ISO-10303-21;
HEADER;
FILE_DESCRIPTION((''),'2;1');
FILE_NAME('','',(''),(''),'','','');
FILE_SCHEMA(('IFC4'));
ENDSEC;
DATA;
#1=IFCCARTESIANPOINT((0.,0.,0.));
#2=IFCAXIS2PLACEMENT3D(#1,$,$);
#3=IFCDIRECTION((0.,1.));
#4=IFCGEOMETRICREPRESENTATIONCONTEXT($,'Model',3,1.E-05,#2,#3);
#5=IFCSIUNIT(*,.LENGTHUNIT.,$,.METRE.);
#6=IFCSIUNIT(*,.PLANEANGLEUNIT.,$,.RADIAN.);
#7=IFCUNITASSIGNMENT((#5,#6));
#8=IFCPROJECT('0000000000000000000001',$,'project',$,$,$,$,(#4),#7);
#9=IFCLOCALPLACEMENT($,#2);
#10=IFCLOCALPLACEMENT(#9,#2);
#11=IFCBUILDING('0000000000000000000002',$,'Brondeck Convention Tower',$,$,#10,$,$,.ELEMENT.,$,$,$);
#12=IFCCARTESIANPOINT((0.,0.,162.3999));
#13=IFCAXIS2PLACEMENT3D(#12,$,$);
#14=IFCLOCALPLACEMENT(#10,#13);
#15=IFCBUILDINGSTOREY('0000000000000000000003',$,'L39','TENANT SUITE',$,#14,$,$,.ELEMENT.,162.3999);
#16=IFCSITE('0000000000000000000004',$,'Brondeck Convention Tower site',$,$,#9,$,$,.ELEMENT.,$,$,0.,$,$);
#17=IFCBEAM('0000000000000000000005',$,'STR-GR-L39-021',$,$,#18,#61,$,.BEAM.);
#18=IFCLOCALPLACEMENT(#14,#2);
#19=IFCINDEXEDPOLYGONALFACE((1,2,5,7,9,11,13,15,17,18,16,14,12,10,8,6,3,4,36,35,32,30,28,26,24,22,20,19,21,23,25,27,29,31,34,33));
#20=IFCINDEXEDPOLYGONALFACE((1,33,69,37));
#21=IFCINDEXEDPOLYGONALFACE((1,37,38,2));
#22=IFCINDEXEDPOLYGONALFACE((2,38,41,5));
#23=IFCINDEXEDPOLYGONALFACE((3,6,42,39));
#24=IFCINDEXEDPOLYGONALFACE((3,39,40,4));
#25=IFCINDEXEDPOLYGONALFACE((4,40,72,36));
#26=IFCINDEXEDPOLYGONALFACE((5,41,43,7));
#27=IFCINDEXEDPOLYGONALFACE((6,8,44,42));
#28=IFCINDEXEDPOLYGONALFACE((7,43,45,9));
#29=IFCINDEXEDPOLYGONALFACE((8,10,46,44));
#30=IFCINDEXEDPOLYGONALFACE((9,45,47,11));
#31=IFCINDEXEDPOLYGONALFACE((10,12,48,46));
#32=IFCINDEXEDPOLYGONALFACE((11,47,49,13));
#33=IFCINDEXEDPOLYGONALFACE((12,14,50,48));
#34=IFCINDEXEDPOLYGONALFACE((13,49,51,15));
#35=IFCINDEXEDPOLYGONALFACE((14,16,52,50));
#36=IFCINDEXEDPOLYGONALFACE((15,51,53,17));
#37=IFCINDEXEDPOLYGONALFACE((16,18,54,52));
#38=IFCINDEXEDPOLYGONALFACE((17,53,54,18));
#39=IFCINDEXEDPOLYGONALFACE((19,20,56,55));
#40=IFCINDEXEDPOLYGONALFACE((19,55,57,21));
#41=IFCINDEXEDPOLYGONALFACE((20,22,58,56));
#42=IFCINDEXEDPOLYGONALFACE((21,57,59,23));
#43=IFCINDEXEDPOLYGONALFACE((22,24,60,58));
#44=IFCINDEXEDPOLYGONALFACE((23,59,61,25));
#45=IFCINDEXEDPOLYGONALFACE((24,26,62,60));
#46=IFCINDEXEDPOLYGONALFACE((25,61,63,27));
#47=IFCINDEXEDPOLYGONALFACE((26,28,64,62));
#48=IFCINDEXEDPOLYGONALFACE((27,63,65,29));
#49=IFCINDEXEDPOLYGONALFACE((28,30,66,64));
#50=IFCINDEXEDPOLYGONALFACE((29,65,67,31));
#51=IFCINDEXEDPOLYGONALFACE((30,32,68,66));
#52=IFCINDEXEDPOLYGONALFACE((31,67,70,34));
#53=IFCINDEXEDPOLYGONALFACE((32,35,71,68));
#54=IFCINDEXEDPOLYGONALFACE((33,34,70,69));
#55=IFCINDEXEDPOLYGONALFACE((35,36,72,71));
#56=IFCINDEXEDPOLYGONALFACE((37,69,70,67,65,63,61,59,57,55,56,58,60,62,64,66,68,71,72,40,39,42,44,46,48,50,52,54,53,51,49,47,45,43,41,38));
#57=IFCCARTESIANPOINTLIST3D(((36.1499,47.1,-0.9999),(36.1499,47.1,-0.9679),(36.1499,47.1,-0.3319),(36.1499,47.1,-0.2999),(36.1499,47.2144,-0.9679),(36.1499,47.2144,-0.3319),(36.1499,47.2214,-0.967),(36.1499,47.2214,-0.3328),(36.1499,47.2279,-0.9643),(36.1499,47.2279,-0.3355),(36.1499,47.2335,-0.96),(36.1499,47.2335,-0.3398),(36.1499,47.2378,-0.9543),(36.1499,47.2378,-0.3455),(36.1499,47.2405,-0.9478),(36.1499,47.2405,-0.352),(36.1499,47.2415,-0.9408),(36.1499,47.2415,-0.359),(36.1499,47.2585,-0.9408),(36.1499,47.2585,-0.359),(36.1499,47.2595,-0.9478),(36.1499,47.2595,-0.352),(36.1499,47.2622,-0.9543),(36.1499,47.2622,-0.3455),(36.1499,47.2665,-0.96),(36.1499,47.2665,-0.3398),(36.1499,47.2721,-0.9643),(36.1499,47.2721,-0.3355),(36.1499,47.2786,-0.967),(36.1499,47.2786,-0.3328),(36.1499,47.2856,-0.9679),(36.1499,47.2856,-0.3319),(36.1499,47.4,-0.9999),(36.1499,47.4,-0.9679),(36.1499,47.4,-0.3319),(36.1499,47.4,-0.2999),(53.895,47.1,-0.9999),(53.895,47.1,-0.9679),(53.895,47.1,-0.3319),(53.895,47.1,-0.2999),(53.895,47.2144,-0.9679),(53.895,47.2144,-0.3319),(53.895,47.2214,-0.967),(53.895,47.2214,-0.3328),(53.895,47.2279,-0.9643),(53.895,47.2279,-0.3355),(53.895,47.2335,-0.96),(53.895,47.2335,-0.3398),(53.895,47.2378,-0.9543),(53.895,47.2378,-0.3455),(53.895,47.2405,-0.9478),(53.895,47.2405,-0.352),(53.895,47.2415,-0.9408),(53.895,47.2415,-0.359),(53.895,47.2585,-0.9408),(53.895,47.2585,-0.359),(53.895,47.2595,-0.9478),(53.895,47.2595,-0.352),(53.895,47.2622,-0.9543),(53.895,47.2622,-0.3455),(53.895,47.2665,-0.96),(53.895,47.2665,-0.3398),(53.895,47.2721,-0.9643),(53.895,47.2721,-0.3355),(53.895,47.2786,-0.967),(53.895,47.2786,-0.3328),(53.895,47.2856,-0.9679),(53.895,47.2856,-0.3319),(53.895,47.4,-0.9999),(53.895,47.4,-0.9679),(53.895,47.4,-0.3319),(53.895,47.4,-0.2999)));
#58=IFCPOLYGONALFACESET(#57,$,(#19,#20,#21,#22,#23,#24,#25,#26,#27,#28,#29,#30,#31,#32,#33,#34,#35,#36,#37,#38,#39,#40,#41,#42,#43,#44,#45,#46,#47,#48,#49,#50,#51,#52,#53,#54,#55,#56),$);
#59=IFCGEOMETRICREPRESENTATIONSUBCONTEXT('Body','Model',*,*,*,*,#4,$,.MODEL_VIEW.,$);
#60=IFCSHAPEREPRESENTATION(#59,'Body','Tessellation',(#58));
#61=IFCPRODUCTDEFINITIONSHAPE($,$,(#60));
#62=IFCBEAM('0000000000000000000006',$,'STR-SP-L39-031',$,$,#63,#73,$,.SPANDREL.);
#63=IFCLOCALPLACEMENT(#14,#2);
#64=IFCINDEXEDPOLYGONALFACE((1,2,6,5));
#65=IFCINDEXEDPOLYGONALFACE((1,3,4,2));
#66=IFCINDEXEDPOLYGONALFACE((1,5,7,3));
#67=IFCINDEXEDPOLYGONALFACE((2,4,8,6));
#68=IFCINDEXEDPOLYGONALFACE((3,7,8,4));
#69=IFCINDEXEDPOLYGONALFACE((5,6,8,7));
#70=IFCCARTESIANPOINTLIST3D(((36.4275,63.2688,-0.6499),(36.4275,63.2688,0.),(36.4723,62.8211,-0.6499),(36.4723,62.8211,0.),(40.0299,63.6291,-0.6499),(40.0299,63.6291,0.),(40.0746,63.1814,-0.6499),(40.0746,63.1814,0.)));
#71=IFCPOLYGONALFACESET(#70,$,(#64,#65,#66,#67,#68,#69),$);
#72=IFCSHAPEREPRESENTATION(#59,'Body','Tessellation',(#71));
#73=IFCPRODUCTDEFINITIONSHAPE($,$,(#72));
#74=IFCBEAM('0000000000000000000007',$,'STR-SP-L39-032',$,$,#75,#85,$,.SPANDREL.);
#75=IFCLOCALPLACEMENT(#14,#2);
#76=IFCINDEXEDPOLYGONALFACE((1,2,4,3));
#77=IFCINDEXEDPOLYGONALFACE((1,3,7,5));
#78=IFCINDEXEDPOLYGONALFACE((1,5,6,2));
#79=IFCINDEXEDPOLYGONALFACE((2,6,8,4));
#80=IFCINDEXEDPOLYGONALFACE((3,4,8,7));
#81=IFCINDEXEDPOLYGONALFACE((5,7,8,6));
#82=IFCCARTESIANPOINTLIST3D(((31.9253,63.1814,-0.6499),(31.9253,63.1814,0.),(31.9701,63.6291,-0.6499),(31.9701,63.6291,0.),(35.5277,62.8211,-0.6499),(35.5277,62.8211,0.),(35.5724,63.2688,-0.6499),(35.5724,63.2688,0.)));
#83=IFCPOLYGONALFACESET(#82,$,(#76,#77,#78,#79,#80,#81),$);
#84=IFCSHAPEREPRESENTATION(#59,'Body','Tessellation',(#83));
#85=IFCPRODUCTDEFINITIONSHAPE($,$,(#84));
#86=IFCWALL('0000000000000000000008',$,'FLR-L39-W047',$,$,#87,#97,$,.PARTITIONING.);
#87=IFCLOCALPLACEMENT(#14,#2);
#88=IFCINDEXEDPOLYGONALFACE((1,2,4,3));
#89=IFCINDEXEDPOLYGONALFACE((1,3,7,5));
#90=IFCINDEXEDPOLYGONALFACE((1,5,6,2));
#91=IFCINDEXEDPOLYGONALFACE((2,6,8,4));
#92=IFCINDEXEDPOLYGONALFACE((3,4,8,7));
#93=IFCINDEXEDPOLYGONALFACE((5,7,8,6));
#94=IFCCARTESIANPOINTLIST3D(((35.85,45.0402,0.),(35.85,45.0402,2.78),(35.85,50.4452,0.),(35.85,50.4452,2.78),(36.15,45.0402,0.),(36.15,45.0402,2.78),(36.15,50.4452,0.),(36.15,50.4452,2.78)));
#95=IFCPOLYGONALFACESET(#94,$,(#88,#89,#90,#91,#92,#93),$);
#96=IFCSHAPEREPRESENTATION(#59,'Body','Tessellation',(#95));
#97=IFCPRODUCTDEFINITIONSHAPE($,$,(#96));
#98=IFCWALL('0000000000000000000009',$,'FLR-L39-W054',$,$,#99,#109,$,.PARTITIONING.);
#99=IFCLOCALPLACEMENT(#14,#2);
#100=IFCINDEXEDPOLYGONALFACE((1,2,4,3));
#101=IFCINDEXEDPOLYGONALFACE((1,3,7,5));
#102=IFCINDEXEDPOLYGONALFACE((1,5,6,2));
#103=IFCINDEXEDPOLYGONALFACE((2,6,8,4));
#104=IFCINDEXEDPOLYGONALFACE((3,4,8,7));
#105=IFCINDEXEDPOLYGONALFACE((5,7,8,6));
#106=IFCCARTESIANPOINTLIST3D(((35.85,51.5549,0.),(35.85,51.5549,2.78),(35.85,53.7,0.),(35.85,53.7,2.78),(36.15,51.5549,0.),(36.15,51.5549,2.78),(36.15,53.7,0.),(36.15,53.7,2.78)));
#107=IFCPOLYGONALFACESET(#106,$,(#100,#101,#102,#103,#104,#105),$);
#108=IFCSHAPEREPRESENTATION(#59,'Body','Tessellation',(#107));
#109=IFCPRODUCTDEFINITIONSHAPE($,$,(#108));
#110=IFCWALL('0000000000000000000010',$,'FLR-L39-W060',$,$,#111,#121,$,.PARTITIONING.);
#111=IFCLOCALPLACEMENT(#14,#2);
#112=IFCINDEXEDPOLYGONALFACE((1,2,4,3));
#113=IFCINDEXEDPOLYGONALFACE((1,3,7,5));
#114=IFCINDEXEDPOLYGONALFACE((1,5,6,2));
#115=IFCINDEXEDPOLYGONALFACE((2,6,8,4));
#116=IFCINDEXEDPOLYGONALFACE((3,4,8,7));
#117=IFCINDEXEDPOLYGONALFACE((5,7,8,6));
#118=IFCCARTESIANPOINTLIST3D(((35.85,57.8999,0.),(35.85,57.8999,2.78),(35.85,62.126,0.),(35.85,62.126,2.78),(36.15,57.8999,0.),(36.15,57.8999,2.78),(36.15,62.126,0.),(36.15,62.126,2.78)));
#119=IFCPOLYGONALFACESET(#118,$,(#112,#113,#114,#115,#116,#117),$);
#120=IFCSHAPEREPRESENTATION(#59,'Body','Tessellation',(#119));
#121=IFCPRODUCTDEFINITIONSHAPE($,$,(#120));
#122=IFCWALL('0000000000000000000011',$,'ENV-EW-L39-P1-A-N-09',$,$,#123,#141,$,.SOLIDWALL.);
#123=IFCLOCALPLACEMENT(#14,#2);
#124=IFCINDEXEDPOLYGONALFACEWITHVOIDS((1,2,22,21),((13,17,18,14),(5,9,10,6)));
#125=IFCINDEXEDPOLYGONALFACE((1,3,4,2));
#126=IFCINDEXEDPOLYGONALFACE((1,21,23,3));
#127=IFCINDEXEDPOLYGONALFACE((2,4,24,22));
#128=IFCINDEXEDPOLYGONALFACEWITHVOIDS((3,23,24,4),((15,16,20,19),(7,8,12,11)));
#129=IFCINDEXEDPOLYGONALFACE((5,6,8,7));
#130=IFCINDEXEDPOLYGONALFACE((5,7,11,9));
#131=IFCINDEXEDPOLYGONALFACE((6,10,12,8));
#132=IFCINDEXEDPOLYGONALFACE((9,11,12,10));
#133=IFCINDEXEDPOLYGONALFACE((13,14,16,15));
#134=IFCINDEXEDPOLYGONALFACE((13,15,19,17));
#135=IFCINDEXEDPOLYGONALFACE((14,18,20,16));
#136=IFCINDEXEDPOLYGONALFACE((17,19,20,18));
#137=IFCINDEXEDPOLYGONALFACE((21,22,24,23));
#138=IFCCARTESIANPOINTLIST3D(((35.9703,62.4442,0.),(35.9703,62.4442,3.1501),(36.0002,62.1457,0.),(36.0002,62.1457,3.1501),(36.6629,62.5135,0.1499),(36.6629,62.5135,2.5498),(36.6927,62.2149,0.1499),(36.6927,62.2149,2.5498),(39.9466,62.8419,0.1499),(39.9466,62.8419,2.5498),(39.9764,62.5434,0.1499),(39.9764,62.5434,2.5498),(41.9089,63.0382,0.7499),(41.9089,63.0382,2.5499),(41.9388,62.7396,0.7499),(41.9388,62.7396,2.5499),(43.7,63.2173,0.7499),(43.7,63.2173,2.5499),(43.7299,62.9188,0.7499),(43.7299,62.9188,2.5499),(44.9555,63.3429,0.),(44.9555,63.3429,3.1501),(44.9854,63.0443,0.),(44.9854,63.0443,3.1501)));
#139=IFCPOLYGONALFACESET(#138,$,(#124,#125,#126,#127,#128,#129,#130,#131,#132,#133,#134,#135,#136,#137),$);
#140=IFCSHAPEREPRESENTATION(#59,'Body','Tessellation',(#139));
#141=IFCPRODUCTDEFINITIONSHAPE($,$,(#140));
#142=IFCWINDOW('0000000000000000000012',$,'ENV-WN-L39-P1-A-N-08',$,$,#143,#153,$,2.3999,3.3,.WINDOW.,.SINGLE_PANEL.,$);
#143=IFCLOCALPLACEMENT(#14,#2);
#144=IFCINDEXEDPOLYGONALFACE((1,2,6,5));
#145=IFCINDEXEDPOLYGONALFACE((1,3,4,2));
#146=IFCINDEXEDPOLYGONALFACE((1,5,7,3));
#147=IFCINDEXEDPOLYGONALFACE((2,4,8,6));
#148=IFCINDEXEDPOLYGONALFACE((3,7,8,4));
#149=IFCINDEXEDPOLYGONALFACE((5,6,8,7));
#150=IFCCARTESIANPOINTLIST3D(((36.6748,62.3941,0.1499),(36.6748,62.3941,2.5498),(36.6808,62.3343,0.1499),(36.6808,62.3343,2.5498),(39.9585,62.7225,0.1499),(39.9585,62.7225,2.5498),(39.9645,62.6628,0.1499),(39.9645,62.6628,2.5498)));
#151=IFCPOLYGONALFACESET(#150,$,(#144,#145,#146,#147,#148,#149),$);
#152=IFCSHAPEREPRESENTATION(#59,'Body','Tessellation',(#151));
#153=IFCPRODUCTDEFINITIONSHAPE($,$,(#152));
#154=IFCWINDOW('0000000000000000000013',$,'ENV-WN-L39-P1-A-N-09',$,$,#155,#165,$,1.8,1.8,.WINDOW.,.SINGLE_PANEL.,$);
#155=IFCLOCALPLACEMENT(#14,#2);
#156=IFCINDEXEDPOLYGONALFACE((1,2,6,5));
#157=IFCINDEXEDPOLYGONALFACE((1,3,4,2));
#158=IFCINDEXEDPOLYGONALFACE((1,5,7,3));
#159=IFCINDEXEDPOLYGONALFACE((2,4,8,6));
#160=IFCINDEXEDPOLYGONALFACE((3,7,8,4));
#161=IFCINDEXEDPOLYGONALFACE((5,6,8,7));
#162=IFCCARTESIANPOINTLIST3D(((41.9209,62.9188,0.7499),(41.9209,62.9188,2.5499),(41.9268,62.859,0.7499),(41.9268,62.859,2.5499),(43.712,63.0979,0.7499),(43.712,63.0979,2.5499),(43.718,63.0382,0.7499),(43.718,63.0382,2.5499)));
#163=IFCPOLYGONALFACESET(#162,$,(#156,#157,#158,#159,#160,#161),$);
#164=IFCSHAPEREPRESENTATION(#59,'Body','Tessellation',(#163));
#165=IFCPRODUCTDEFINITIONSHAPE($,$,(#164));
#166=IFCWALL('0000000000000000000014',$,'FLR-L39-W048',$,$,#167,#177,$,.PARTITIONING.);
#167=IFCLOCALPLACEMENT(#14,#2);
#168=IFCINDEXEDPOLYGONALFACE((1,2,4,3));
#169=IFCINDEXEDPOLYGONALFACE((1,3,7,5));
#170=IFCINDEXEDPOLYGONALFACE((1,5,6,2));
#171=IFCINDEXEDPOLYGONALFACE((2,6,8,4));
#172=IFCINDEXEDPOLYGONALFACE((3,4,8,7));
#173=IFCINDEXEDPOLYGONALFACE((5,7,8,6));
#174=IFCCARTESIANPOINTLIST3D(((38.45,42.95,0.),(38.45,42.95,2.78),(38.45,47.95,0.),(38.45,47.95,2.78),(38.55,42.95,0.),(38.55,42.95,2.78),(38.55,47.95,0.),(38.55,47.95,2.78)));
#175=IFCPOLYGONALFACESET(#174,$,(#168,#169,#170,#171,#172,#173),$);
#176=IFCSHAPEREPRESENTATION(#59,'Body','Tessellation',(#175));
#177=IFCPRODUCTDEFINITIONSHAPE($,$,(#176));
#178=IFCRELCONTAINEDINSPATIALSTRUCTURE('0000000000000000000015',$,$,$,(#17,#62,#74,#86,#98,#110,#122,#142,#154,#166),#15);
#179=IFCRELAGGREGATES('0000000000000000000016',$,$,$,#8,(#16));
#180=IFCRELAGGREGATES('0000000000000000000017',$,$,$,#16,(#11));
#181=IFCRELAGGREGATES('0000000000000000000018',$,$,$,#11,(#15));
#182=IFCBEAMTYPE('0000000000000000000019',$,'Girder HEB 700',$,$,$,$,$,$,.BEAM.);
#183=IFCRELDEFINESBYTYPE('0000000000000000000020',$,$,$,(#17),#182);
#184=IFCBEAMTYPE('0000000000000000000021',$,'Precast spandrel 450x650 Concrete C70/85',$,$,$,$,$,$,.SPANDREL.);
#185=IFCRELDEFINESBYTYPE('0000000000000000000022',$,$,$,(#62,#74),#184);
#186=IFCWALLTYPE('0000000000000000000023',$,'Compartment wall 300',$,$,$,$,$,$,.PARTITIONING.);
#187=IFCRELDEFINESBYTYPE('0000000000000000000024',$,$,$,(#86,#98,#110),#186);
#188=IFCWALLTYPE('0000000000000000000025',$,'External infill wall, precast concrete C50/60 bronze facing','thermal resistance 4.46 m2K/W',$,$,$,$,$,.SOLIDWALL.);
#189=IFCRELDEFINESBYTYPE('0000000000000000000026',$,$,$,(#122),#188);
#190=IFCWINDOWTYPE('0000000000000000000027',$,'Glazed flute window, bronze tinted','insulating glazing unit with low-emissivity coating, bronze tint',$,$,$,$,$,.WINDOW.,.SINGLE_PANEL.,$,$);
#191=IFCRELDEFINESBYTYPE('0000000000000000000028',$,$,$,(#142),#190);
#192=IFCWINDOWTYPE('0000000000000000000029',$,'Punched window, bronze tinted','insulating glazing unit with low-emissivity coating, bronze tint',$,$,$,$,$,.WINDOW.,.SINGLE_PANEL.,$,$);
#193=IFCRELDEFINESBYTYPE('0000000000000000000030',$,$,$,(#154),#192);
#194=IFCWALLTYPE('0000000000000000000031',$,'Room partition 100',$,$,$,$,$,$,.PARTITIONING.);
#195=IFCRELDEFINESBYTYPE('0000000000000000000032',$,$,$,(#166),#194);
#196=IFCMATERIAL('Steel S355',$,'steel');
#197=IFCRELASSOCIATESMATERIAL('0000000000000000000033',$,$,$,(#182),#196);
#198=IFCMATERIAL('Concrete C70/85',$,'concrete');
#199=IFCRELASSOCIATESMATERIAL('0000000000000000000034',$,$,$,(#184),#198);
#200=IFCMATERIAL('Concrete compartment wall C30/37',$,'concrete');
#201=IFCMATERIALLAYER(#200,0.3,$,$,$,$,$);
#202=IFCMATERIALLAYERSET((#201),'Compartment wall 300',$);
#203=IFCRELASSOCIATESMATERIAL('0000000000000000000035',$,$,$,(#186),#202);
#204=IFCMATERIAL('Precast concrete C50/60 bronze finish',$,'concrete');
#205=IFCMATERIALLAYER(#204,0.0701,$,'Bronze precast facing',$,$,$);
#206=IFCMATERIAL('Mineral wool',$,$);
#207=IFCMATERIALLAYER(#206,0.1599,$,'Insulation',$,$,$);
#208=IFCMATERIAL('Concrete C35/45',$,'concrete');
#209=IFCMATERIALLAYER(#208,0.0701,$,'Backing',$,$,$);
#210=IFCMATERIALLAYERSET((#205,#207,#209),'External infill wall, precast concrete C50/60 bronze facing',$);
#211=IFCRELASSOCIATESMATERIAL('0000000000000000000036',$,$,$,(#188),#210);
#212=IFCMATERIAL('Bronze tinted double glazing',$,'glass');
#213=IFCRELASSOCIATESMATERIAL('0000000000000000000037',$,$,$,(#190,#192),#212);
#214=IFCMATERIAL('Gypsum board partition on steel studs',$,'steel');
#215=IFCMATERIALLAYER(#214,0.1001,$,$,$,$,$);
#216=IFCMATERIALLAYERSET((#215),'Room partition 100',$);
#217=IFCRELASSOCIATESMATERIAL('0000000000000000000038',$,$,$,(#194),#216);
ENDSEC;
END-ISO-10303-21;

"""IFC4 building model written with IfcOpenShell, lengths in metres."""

from ifc_helpers import new_model, si_unit, direction, frame, frame_2d, origin, origin_2d, place, context, subcontext, project, spatial, rectangle, i_section, extrude, material, layer, layer_set, material_profile, profile_set, type_object, element, fill, save


model = new_model("IFC4")

# Units and contexts
model_context = context("Model", 3, precision=1e-05, world=origin(), true_north=direction((0.0, 1.0)))
body_context = subcontext(model_context, "Body", "Model", "MODEL_VIEW")
ifc_project = project(units=[si_unit("LENGTHUNIT", "METRE"), si_unit("PLANEANGLEUNIT", "RADIAN")], contexts=[model_context])

# Site, building, storey
site_placement = place(None, origin())
site = spatial("IfcSite", under=ifc_project, at=site_placement, Name="Brondeck Convention Tower site", CompositionType="ELEMENT", RefElevation=0.0)
building_placement = place(site_placement, origin())
building = spatial("IfcBuilding", under=site, at=building_placement, Name="Brondeck Convention Tower", CompositionType="ELEMENT")
storey_placement = place(building_placement, frame((0.0, 0.0, 162.3999)))
storey = spatial("IfcBuildingStorey", under=building, at=storey_placement, Name="L39", Description="TENANT SUITE", CompositionType="ELEMENT", Elevation=162.3999)

# Shared definitions
ifc_material_1 = material(Name="Concrete C70/85", Category="concrete")

# Beams
ifc_material_2 = material(Name="Steel S355", Category="steel")
ifc_material_profile_1 = material_profile(ifc_material_2, i_section(OverallWidth=0.3, OverallDepth=0.7, WebThickness=0.0171, FlangeThickness=0.032, FilletRadius=0.0271, at=origin_2d()), Name="HEB 700")
ifc_profile_set_1 = profile_set([ifc_material_profile_1], Name="Steel S355")
beam_type_1 = type_object("IfcBeamType", Name="Girder HEB 700", PredefinedType="BEAM", material=ifc_profile_set_1)
beam_1_placement = place(storey_placement, frame((36.1499, 47.25, -0.6499), z_axis=(1.0, 0.0, 0.0), x_axis=(0.0, 1.0, 0.0)))
element("IfcBeam", 1, at=beam_1_placement, inside=storey, type_object=beam_type_1, Name="STR-GR-L39-021", PredefinedType="BEAM", context=body_context, shape_type="SweptSolid", body=[
    extrude(i_section(OverallWidth=0.3, OverallDepth=0.7, WebThickness=0.0171, FlangeThickness=0.032, FilletRadius=0.0271, at=origin_2d()), origin(), (0.0, 0.0, 1.0), 17.7451),
])
ifc_material_profile_2 = material_profile(ifc_material_1, rectangle(XDim=0.45, YDim=0.6499, at=origin_2d()), Name="Precast spandrel 450x650 Concrete C70/85")
ifc_profile_set_2 = profile_set([ifc_material_profile_2], Name="Concrete C70/85")
beam_type_2 = type_object("IfcBeamType", Name="Precast spandrel 450x650 Concrete C70/85", PredefinedType="SPANDREL", material=ifc_profile_set_2)
for number, where, z_axis, x_axis, name in (
    (2, (40.0522, 63.4053, -0.325), (-0.995034, -0.099537, 0.0), (0.099537, -0.995034, 0.0), "STR-SP-L39-031"),
    (3, (35.55, 63.0449, -0.325), (-0.995034, 0.099537, 0.0), (-0.099537, -0.995034, 0.0), "STR-SP-L39-032"),
):
    element("IfcBeam", number, at=place(storey_placement, frame(where, z_axis=z_axis, x_axis=x_axis)), inside=storey, type_object=beam_type_2, Name=name, PredefinedType="SPANDREL", context=body_context, shape_type="SweptSolid", body=[
        extrude(rectangle(XDim=0.45, YDim=0.6499, at=origin_2d()), origin(), (0.0, 0.0, 1.0), 3.6204),
    ])

# Walls
ifc_material_3 = material(Name="Concrete compartment wall C30/37", Category="concrete")
ifc_layer_1 = layer(ifc_material_3, 0.3)
ifc_layer_set_1 = layer_set([ifc_layer_1], Name="Compartment wall 300")
wall_type_1 = type_object("IfcWallType", Name="Compartment wall 300", PredefinedType="PARTITIONING", material=ifc_layer_set_1)
wall_1_placement = place(storey_placement, frame((36.0, 45.04, 0.0), z_axis=(0.0, 0.0, 1.0), x_axis=(0.0, 1.0, 0.0)))
element("IfcWall", 4, at=wall_1_placement, inside=storey, type_object=wall_type_1, Name="FLR-L39-W047", PredefinedType="PARTITIONING", context=body_context, shape_type="SweptSolid", body=[
    extrude(rectangle(XDim=5.405, YDim=0.3, at=frame_2d((2.7026, 0.0))), origin(), (0.0, 0.0, 1.0), 2.78),
])
wall_2_placement = place(storey_placement, frame((36.0, 51.5549, 0.0), z_axis=(0.0, 0.0, 1.0), x_axis=(0.0, 1.0, 0.0)))
element("IfcWall", 5, at=wall_2_placement, inside=storey, type_object=wall_type_1, Name="FLR-L39-W054", PredefinedType="PARTITIONING", context=body_context, shape_type="SweptSolid", body=[
    extrude(rectangle(XDim=2.145, YDim=0.3, at=frame_2d((1.0725, 0.0))), origin(), (0.0, 0.0, 1.0), 2.78),
])
wall_3_placement = place(storey_placement, frame((36.0, 57.8999, 0.0), z_axis=(0.0, 0.0, 1.0), x_axis=(0.0, 1.0, 0.0)))
element("IfcWall", 6, at=wall_3_placement, inside=storey, type_object=wall_type_1, Name="FLR-L39-W060", PredefinedType="PARTITIONING", context=body_context, shape_type="SweptSolid", body=[
    extrude(rectangle(XDim=4.2261, YDim=0.3, at=frame_2d((2.113, 0.0))), origin(), (0.0, 0.0, 1.0), 2.78),
])

# Wall, openings, windows
ifc_material_4 = material(Name="Precast concrete C50/60 bronze finish", Category="concrete")
ifc_layer_2 = layer(ifc_material_4, 0.0701, Name="Bronze precast facing")
ifc_material_5 = material(Name="Mineral wool")
ifc_layer_3 = layer(ifc_material_5, 0.1599, Name="Insulation")
ifc_material_6 = material(Name="Concrete C35/45", Category="concrete")
ifc_layer_4 = layer(ifc_material_6, 0.0701, Name="Backing")
ifc_layer_set_2 = layer_set([ifc_layer_2, ifc_layer_3, ifc_layer_4], Name="External infill wall, precast concrete C50/60 bronze facing")
wall_type_2 = type_object("IfcWallType", Name="External infill wall, precast concrete C50/60 bronze facing", Description="thermal resistance 4.46 m2K/W", PredefinedType="SOLIDWALL", material=ifc_layer_set_2)
wall_4_placement = place(storey_placement, frame((35.9851, 62.2949, 0.0), z_axis=(0.0, 0.0, 1.0), x_axis=(0.995035, 0.099522, 0.0)))
wall_4 = element("IfcWall", 7, at=wall_4_placement, inside=storey, type_object=wall_type_2, Name="ENV-EW-L39-P1-A-N-09", PredefinedType="SOLIDWALL", context=body_context, shape_type="SweptSolid", body=[
    extrude(rectangle(XDim=9.03, YDim=0.3, at=frame_2d((4.5151, 0.0))), origin(), (0.0, 0.0, 1.0), 3.1501),
])
opening_1_placement = place(wall_4_placement, frame((0.6963, 0.0, 0.1499)))
opening_1 = element("IfcOpeningElement", 8, at=opening_1_placement, cuts=wall_4, PredefinedType="OPENING", context=body_context, shape_type="SweptSolid", body=[
    extrude(rectangle(XDim=3.3, YDim=2.3999, at=frame_2d((1.6499, 1.2))), frame((0.0, 0.1599, 0.0), z_axis=(0.0, -1.0, 0.0), x_axis=(1.0, 0.0, 0.0)), (0.0, 0.0, 1.0), 0.3201),
])
opening_2_placement = place(wall_4_placement, frame((5.9685, 0.0, 0.75)))
opening_2 = element("IfcOpeningElement", 9, at=opening_2_placement, cuts=wall_4, PredefinedType="OPENING", context=body_context, shape_type="SweptSolid", body=[
    extrude(rectangle(XDim=1.8, YDim=1.8, at=frame_2d((0.8999, 0.8999))), frame((0.0, 0.1599, 0.0), z_axis=(0.0, -1.0, 0.0), x_axis=(1.0, 0.0, 0.0)), (0.0, 0.0, 1.0), 0.3201),
])
ifc_material_7 = material(Name="Bronze tinted double glazing", Category="glass")
window_type_1 = type_object("IfcWindowType", Name="Glazed flute window, bronze tinted", Description="insulating glazing unit with low-emissivity coating, bronze tint", PartitioningType="SINGLE_PANEL", PredefinedType="WINDOW", material=ifc_material_7)
window_1_placement = place(opening_1_placement, origin())
window_1 = element("IfcWindow", 10, at=window_1_placement, inside=storey, type_object=window_type_1, Name="ENV-WN-L39-P1-A-N-08", OverallHeight=2.3999, OverallWidth=3.3, PartitioningType="SINGLE_PANEL", PredefinedType="WINDOW", context=body_context, shape_type="SweptSolid", body=[
    extrude(rectangle(XDim=3.3, YDim=2.3999, at=frame_2d((1.6499, 1.2))), frame((0.0, 0.03, 0.0), z_axis=(0.0, -1.0, 0.0), x_axis=(1.0, 0.0, 0.0)), (0.0, 0.0, 1.0), 0.0601),
])
fill(opening_1, window_1)
window_type_2 = type_object("IfcWindowType", Name="Punched window, bronze tinted", Description="insulating glazing unit with low-emissivity coating, bronze tint", PartitioningType="SINGLE_PANEL", PredefinedType="WINDOW", material=ifc_material_7)
window_2_placement = place(opening_2_placement, origin())
window_2 = element("IfcWindow", 11, at=window_2_placement, inside=storey, type_object=window_type_2, Name="ENV-WN-L39-P1-A-N-09", OverallHeight=1.8, OverallWidth=1.8, PartitioningType="SINGLE_PANEL", PredefinedType="WINDOW", context=body_context, shape_type="SweptSolid", body=[
    extrude(rectangle(XDim=1.8, YDim=1.8, at=frame_2d((0.8999, 0.8999))), frame((0.0, 0.03, 0.0), z_axis=(0.0, -1.0, 0.0), x_axis=(1.0, 0.0, 0.0)), (0.0, 0.0, 1.0), 0.0601),
])
fill(opening_2, window_2)

# Wall
ifc_material_8 = material(Name="Gypsum board partition on steel studs", Category="steel")
ifc_layer_5 = layer(ifc_material_8, 0.1001)
ifc_layer_set_3 = layer_set([ifc_layer_5], Name="Room partition 100")
wall_type_3 = type_object("IfcWallType", Name="Room partition 100", PredefinedType="PARTITIONING", material=ifc_layer_set_3)
wall_5_placement = place(storey_placement, frame((38.5, 47.95, 0.0), z_axis=(0.0, 0.0, 1.0), x_axis=(0.0, -1.0, 0.0)))
element("IfcWall", 12, at=wall_5_placement, inside=storey, type_object=wall_type_3, Name="FLR-L39-W048", PredefinedType="PARTITIONING", context=body_context, shape_type="SweptSolid", body=[
    extrude(rectangle(XDim=5.0, YDim=0.1001, at=frame_2d((2.5, 0.0))), origin(), (0.0, 0.0, 1.0), 2.78),
])

save(model, "model.ifc")
